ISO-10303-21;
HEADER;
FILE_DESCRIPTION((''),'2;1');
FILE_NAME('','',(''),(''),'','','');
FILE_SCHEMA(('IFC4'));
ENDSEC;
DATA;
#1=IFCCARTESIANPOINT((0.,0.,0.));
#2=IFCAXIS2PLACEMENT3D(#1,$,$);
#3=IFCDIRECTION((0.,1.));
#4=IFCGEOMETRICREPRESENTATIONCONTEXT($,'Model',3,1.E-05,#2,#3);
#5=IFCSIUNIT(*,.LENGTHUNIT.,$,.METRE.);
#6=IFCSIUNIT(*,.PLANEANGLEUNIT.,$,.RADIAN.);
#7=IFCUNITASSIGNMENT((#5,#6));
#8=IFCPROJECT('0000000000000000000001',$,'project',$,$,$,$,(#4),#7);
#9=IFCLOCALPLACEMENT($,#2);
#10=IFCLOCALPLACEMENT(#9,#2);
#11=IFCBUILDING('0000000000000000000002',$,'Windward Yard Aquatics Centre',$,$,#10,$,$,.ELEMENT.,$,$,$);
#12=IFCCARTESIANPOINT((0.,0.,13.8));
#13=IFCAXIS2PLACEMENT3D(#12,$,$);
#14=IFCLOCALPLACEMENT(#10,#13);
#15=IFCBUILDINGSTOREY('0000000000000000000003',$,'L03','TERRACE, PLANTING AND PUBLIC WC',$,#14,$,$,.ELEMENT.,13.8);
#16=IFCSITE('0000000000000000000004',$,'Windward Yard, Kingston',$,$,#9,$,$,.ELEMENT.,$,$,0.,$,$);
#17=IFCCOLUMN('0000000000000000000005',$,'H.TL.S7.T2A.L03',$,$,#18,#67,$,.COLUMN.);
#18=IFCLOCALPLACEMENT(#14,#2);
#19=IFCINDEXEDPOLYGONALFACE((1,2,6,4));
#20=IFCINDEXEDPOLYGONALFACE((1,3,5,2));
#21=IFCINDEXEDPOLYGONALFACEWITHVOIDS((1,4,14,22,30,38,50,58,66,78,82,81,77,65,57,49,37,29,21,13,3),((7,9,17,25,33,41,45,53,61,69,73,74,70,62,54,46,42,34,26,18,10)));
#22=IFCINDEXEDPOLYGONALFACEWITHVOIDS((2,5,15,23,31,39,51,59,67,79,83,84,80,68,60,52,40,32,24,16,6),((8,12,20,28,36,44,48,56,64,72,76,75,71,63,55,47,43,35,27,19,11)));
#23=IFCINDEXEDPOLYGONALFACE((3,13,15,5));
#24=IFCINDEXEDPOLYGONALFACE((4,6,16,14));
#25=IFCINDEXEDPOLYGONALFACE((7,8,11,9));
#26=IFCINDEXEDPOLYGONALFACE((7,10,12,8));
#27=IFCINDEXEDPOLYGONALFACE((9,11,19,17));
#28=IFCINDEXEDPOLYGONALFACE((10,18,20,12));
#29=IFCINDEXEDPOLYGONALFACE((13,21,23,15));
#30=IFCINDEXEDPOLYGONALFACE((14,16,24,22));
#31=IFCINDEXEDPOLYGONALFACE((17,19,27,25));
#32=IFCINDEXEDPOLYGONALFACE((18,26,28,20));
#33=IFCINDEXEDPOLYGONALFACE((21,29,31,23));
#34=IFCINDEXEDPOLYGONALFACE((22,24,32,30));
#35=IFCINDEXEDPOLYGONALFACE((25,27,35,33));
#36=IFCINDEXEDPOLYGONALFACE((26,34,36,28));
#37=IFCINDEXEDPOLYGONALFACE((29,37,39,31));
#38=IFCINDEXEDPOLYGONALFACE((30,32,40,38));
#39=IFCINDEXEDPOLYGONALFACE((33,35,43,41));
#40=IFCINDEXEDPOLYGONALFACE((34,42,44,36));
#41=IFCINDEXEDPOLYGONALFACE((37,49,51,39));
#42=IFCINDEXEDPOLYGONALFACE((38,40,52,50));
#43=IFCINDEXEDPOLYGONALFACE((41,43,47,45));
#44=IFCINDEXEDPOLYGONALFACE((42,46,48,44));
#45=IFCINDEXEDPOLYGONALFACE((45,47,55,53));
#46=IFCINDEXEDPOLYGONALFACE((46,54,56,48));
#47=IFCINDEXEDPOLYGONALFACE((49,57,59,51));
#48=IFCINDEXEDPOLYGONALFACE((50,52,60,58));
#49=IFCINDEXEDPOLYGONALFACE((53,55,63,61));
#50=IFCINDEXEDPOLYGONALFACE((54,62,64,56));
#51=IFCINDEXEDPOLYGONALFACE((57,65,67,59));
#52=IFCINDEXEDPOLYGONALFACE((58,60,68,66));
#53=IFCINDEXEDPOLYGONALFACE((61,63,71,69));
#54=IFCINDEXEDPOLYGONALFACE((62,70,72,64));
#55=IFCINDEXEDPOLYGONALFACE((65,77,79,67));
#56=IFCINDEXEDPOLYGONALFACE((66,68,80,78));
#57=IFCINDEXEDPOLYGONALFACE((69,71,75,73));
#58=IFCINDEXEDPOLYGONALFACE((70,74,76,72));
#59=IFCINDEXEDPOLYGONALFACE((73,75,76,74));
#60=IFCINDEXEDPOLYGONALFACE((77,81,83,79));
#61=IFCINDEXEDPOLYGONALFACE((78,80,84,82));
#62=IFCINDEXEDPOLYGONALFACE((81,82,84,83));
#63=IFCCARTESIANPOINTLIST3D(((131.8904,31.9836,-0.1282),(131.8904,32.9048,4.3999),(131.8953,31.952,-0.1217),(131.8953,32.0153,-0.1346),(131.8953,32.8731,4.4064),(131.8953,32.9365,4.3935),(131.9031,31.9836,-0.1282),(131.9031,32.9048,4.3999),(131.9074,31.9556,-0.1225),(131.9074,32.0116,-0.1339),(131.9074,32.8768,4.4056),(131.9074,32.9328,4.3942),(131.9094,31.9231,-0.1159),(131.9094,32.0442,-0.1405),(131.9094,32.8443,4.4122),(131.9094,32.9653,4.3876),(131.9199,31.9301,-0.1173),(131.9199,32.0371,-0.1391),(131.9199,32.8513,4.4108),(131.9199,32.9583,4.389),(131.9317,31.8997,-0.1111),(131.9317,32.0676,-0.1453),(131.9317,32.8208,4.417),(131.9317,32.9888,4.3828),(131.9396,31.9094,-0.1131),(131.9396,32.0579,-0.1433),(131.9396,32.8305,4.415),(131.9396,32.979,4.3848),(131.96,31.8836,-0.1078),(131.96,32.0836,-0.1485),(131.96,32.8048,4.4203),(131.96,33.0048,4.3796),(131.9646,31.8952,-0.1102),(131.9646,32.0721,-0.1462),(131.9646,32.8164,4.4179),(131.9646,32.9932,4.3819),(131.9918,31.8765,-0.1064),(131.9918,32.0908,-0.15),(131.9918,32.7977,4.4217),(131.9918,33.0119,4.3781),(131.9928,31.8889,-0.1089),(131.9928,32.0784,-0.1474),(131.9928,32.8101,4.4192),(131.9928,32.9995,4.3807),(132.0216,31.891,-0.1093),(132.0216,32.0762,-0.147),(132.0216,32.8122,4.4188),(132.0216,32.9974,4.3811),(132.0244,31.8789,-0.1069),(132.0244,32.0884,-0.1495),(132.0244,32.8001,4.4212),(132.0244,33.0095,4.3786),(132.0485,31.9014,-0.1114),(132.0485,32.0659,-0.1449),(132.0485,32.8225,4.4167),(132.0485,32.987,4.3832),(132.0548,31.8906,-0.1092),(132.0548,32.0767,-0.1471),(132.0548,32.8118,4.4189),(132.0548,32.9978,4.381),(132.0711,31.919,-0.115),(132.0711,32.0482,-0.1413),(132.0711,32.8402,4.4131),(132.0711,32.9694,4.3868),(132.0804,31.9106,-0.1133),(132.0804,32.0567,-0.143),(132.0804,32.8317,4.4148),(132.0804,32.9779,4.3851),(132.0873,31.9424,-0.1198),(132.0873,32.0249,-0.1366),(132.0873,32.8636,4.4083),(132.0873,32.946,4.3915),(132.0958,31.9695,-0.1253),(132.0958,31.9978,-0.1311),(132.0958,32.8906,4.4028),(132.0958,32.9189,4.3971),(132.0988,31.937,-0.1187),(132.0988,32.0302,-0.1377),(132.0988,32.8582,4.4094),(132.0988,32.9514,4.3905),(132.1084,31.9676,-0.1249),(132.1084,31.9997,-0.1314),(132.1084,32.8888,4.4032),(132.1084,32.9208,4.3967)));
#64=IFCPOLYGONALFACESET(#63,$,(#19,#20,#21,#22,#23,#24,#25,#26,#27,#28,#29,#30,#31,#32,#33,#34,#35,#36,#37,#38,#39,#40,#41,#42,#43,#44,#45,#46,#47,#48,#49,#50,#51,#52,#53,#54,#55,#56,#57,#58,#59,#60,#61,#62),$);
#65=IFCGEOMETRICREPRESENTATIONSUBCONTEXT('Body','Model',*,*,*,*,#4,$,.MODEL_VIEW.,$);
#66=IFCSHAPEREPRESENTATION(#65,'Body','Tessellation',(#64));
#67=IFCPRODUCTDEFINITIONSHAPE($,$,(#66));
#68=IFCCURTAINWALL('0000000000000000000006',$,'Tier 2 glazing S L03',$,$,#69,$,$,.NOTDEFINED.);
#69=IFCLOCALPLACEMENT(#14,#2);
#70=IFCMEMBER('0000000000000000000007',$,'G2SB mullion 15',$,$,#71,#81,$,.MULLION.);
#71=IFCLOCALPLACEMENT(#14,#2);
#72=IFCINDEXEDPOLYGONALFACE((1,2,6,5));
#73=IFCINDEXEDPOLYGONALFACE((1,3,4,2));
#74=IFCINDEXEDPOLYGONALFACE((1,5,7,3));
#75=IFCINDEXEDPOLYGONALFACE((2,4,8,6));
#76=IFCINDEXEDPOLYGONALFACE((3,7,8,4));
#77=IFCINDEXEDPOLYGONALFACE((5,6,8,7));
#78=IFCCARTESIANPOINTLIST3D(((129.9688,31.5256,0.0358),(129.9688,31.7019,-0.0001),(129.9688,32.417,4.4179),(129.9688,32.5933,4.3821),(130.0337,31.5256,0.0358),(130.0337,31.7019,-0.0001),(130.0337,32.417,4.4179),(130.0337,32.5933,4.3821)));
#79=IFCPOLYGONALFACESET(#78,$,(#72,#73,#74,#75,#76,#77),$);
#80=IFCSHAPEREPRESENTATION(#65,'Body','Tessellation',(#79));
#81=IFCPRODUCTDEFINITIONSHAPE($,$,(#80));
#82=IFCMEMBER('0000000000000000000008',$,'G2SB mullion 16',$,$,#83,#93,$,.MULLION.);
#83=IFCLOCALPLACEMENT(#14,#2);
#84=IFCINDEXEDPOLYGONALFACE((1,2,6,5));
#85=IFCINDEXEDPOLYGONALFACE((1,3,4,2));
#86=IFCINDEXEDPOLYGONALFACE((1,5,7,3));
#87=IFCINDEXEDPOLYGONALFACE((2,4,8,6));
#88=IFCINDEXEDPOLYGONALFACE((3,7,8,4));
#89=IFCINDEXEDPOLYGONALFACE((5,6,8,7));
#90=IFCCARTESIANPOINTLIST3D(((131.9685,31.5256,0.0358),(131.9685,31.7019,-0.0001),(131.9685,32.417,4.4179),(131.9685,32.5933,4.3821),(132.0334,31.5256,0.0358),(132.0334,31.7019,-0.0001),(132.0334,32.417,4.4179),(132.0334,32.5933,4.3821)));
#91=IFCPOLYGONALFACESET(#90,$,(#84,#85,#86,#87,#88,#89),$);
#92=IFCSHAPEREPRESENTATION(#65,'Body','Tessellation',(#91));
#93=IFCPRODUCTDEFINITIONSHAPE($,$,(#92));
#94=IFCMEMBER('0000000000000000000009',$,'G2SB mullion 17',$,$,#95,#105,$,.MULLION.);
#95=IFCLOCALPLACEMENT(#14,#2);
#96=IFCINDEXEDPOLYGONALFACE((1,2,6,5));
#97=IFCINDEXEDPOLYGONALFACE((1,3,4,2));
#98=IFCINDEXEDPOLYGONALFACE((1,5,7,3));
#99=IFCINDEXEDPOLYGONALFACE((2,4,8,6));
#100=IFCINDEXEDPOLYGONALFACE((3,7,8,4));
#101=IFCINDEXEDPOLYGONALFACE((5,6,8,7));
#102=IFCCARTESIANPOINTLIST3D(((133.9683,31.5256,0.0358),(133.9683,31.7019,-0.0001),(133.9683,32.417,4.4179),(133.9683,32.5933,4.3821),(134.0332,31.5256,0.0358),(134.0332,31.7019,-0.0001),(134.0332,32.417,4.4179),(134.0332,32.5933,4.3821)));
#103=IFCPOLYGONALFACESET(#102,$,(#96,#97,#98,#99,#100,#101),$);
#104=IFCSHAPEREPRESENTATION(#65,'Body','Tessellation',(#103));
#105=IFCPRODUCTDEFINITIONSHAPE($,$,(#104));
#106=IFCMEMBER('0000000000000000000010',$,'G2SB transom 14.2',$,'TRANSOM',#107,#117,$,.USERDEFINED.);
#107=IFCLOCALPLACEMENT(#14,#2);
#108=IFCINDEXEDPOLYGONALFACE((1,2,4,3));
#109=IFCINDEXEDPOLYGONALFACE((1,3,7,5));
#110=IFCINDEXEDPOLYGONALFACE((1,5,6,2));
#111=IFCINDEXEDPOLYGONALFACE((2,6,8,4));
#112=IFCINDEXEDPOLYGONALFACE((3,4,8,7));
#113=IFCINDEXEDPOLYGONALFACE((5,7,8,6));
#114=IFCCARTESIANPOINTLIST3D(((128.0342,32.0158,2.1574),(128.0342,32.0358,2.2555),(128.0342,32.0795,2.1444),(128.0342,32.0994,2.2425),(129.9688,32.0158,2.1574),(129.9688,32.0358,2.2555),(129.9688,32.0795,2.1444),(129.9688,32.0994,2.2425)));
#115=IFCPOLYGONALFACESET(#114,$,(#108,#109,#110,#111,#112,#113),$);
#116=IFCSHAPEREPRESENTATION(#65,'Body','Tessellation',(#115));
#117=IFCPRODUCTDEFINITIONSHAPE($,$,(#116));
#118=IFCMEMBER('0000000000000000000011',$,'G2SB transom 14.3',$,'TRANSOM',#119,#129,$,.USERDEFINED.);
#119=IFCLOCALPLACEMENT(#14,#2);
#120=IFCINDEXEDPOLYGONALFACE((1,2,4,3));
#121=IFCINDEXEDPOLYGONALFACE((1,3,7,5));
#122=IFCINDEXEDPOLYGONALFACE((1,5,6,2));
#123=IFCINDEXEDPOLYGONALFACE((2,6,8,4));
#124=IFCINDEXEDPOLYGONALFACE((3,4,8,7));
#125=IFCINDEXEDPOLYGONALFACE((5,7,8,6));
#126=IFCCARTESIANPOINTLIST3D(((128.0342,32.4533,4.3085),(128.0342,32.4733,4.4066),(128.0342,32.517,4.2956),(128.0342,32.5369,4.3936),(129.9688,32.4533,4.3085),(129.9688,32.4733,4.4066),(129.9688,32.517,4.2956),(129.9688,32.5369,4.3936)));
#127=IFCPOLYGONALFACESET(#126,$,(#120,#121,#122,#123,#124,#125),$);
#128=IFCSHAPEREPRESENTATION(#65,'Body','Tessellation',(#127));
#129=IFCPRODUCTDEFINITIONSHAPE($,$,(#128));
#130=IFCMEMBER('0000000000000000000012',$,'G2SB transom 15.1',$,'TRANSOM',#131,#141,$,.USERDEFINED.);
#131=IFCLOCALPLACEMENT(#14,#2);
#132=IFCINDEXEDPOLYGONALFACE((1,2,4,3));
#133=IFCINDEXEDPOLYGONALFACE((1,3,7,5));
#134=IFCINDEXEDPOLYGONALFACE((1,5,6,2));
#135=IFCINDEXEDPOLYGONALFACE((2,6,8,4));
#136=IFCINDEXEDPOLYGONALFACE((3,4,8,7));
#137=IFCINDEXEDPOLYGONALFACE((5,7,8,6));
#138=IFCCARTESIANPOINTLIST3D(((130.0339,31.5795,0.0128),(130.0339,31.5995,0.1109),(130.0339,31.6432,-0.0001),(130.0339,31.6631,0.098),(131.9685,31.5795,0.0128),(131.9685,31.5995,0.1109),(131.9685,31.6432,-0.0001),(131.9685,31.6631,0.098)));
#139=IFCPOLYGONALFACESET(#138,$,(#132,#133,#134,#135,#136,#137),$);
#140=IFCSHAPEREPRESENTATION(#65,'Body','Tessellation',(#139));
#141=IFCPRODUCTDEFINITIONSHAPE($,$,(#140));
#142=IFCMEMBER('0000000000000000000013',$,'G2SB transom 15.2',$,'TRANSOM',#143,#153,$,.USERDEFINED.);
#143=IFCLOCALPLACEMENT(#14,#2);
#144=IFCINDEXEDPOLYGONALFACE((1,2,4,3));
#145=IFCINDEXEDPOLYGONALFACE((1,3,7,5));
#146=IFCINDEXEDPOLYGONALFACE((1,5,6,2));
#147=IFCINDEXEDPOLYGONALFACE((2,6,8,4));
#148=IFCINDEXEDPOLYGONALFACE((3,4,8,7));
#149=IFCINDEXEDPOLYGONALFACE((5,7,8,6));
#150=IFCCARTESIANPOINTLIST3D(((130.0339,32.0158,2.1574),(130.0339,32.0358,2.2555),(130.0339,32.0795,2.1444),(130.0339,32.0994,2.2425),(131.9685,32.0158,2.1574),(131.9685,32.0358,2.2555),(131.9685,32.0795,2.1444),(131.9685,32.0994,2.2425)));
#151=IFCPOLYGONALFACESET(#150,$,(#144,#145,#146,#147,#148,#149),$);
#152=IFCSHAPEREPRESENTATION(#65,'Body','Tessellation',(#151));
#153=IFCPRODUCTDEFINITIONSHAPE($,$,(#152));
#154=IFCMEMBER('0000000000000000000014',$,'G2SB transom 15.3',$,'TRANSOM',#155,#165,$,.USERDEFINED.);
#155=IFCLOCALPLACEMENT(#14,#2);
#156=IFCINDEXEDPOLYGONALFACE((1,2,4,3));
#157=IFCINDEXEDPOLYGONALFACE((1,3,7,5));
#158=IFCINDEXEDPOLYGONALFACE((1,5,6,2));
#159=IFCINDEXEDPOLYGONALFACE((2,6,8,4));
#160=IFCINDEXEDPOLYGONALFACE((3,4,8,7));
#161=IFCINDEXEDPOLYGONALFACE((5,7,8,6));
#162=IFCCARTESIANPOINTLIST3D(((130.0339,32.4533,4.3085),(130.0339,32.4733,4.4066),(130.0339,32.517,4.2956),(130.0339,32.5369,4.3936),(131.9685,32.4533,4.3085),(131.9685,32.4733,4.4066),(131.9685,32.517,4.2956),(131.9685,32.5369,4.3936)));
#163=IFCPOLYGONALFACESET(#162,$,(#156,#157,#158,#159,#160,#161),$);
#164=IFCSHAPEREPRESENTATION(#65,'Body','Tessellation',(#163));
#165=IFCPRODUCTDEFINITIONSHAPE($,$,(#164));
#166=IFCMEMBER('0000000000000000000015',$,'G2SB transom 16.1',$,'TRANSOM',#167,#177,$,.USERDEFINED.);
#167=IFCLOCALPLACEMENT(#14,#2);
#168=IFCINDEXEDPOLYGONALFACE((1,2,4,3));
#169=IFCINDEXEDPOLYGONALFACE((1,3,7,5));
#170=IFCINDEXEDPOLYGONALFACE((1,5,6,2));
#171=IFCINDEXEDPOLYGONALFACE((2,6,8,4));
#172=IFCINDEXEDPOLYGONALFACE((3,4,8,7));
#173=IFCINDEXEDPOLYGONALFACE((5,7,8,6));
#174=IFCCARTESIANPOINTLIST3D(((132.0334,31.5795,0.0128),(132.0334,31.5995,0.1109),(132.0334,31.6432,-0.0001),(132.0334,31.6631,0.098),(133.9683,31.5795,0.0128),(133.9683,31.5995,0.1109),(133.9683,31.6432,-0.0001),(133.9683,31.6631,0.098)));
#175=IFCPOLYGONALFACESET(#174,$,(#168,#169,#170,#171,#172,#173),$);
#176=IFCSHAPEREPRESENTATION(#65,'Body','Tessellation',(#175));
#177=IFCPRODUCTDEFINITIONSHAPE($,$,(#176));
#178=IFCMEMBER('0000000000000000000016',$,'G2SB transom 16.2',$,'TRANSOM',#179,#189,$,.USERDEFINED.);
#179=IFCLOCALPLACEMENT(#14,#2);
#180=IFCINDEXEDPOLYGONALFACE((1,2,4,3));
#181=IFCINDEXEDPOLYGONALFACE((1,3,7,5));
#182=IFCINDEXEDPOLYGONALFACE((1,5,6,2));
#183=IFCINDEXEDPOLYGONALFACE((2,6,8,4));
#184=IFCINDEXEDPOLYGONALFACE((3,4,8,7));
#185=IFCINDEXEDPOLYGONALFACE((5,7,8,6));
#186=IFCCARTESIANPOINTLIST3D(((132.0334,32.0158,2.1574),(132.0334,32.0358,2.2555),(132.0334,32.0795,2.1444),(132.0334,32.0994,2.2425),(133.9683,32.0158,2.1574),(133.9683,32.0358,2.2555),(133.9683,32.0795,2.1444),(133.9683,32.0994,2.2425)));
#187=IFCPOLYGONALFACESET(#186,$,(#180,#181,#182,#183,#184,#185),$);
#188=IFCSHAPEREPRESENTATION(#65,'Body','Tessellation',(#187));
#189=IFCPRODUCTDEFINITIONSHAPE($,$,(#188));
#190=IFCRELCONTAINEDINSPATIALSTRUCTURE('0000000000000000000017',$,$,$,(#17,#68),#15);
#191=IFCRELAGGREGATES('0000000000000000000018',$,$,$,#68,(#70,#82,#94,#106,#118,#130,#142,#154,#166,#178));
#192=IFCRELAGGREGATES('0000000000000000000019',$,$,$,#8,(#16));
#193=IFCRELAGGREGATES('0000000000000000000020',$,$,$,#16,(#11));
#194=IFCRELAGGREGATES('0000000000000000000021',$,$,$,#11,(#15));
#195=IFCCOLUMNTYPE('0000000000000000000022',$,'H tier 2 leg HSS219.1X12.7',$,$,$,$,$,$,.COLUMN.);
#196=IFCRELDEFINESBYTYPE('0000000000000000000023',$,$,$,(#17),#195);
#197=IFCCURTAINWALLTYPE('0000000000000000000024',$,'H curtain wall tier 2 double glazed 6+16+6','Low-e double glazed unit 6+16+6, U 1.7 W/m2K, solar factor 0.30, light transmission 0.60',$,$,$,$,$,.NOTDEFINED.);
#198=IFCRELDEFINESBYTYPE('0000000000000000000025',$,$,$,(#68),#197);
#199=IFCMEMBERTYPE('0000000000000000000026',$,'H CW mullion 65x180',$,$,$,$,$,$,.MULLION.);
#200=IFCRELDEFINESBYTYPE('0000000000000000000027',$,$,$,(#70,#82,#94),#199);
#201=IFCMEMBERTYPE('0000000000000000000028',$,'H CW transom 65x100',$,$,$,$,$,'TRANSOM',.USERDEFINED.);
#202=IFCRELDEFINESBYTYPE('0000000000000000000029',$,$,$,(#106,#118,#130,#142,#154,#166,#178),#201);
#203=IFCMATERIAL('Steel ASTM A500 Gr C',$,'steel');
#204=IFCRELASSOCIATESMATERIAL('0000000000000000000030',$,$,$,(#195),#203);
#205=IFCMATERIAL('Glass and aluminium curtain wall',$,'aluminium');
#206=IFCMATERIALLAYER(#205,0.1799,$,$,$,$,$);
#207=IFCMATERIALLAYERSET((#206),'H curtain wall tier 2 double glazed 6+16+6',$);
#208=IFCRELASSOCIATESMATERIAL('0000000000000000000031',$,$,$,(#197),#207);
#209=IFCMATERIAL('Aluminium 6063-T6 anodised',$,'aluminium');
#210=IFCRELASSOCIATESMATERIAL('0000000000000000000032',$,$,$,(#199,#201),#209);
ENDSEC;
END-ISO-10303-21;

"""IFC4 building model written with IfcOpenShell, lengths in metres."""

from ifc_helpers import new_model, si_unit, direction, frame, origin, origin_2d, place, context, subcontext, project, spatial, rectangle, hollow_circle, extrude, material, layer, layer_set, material_profile, profile_set, type_object, element, aggregate, save


model = new_model("IFC4")

# Units and contexts
model_context = context("Model", 3, precision=1e-05, world=origin(), true_north=direction((0.0, 1.0)))
body_context = subcontext(model_context, "Body", "Model", "MODEL_VIEW")
ifc_project = project(units=[si_unit("LENGTHUNIT", "METRE"), si_unit("PLANEANGLEUNIT", "RADIAN")], contexts=[model_context])

# Site, building, storey
site_placement = place(None, origin())
site = spatial("IfcSite", under=ifc_project, at=site_placement, Name="Windward Yard, Kingston", CompositionType="ELEMENT", RefElevation=0.0)
building_placement = place(site_placement, origin())
building = spatial("IfcBuilding", under=site, at=building_placement, Name="Windward Yard Aquatics Centre", CompositionType="ELEMENT")
storey_placement = place(building_placement, frame((0.0, 0.0, 13.8)))
storey = spatial("IfcBuildingStorey", under=building, at=storey_placement, Name="L03", Description="TERRACE, PLANTING AND PUBLIC WC", CompositionType="ELEMENT", Elevation=13.8)

# Column
ifc_material_1 = material(Name="Steel ASTM A500 Gr C", Category="steel")
ifc_material_profile_1 = material_profile(ifc_material_1, hollow_circle(Radius=0.1096, WallThickness=0.0127, at=origin_2d()), Name="HSS219.1X12.7")
ifc_profile_set_1 = profile_set([ifc_material_profile_1], Name="Steel ASTM A500 Gr C")
column_type = type_object("IfcColumnType", Name="H tier 2 leg HSS219.1X12.7", PredefinedType="COLUMN", material=ifc_profile_set_1)
column_placement = place(storey_placement, frame((132.0, 31.9836, -0.1282), z_axis=(0.0, 0.199346, 0.979929), x_axis=(-1.0, 0.0, 0.0)))
element("IfcColumn", 1, at=column_placement, inside=storey, type_object=column_type, Name="H.TL.S7.T2A.L03", PredefinedType="COLUMN", context=body_context, shape_type="SweptSolid", body=[
    extrude(hollow_circle(Radius=0.1096, WallThickness=0.0127, at=origin_2d()), origin(), (0.0, 0.0, 1.0), 4.6208),
])

# Curtain wall, members
ifc_material_2 = material(Name="Glass and aluminium curtain wall", Category="aluminium")
ifc_layer_1 = layer(ifc_material_2, 0.1799)
ifc_layer_set_1 = layer_set([ifc_layer_1], Name="H curtain wall tier 2 double glazed 6+16+6")
curtain_wall_type = type_object("IfcCurtainWallType", Name="H curtain wall tier 2 double glazed 6+16+6", Description="Low-e double glazed unit 6+16+6, U 1.7 W/m2K, solar factor 0.30, light transmission 0.60", PredefinedType="NOTDEFINED", material=ifc_layer_set_1)
curtain_wall_placement = place(storey_placement, origin())
curtain_wall = element("IfcCurtainWall", 2, at=curtain_wall_placement, inside=storey, type_object=curtain_wall_type, Name="Tier 2 glazing S L03", PredefinedType="NOTDEFINED")
ifc_material_3 = material(Name="Aluminium 6063-T6 anodised", Category="aluminium")
ifc_material_profile_2 = material_profile(ifc_material_3, rectangle(XDim=0.0649, YDim=0.1799, at=origin_2d()), Name="H CW mullion 65x180")
ifc_profile_set_2 = profile_set([ifc_material_profile_2], Name="Aluminium 6063-T6 anodised")
member_type_1 = type_object("IfcMemberType", Name="H CW mullion 65x180", PredefinedType="MULLION", material=ifc_profile_set_2)
member_1_placement = place(storey_placement, frame((130.0012, 31.6138, 0.0178), z_axis=(0.0, 0.199328, 0.979933), x_axis=(-1.0, 0.0, 0.0)))
member_1 = element("IfcMember", 3, at=member_1_placement, type_object=member_type_1, Name="G2SB mullion 15", PredefinedType="MULLION", context=body_context, shape_type="SweptSolid", body=[
    extrude(rectangle(XDim=0.0649, YDim=0.1799, at=origin_2d()), origin(), (0.0, 0.0, 1.0), 4.4719),
])
member_2_placement = place(storey_placement, frame((132.001, 31.6138, 0.0178), z_axis=(0.0, 0.199328, 0.979933), x_axis=(-1.0, 0.0, 0.0)))
member_2 = element("IfcMember", 4, at=member_2_placement, type_object=member_type_1, Name="G2SB mullion 16", PredefinedType="MULLION", context=body_context, shape_type="SweptSolid", body=[
    extrude(rectangle(XDim=0.0649, YDim=0.1799, at=origin_2d()), origin(), (0.0, 0.0, 1.0), 4.4719),
])
member_3_placement = place(storey_placement, frame((134.0007, 31.6138, 0.0178), z_axis=(0.0, 0.199328, 0.979933), x_axis=(-1.0, 0.0, 0.0)))
member_3 = element("IfcMember", 5, at=member_3_placement, type_object=member_type_1, Name="G2SB mullion 17", PredefinedType="MULLION", context=body_context, shape_type="SweptSolid", body=[
    extrude(rectangle(XDim=0.0649, YDim=0.1799, at=origin_2d()), origin(), (0.0, 0.0, 1.0), 4.4719),
])
ifc_material_profile_3 = material_profile(ifc_material_3, rectangle(XDim=0.0649, YDim=0.1001, at=origin_2d()), Name="H CW transom 65x100")
ifc_profile_set_3 = profile_set([ifc_material_profile_3], Name="Aluminium 6063-T6 anodised")
member_type_2 = type_object("IfcMemberType", Name="H CW transom 65x100", ElementType="TRANSOM", PredefinedType="USERDEFINED", material=ifc_profile_set_3)
member_4_placement = place(storey_placement, frame((128.0342, 32.0576, 2.2), z_axis=(1.0, 0.0, 0.0), x_axis=(0.0, -0.979925, 0.199368)))
member_4 = element("IfcMember", 6, at=member_4_placement, type_object=member_type_2, Name="G2SB transom 14.2", ObjectType="TRANSOM", PredefinedType="USERDEFINED", context=body_context, shape_type="SweptSolid", body=[
    extrude(rectangle(XDim=0.0649, YDim=0.1001, at=origin_2d()), origin(), (0.0, 0.0, 1.0), 1.9346),
])
member_5_placement = place(storey_placement, frame((128.0342, 32.4951, 4.3511), z_axis=(1.0, 0.0, 0.0), x_axis=(0.0, -0.979925, 0.199368)))
member_5 = element("IfcMember", 7, at=member_5_placement, type_object=member_type_2, Name="G2SB transom 14.3", ObjectType="TRANSOM", PredefinedType="USERDEFINED", context=body_context, shape_type="SweptSolid", body=[
    extrude(rectangle(XDim=0.0649, YDim=0.1001, at=origin_2d()), origin(), (0.0, 0.0, 1.0), 1.9346),
])
member_6_placement = place(storey_placement, frame((130.0339, 31.6213, 0.0554), z_axis=(1.0, 0.0, 0.0), x_axis=(0.0, -0.979925, 0.199368)))
member_6 = element("IfcMember", 8, at=member_6_placement, type_object=member_type_2, Name="G2SB transom 15.1", ObjectType="TRANSOM", PredefinedType="USERDEFINED", context=body_context, shape_type="SweptSolid", body=[
    extrude(rectangle(XDim=0.0649, YDim=0.1001, at=origin_2d()), origin(), (0.0, 0.0, 1.0), 1.9346),
])
member_7_placement = place(storey_placement, frame((130.0339, 32.0576, 2.2), z_axis=(1.0, 0.0, 0.0), x_axis=(0.0, -0.979925, 0.199368)))
member_7 = element("IfcMember", 9, at=member_7_placement, type_object=member_type_2, Name="G2SB transom 15.2", ObjectType="TRANSOM", PredefinedType="USERDEFINED", context=body_context, shape_type="SweptSolid", body=[
    extrude(rectangle(XDim=0.0649, YDim=0.1001, at=origin_2d()), origin(), (0.0, 0.0, 1.0), 1.9346),
])
member_8_placement = place(storey_placement, frame((130.0339, 32.4951, 4.3511), z_axis=(1.0, 0.0, 0.0), x_axis=(0.0, -0.979925, 0.199368)))
member_8 = element("IfcMember", 10, at=member_8_placement, type_object=member_type_2, Name="G2SB transom 15.3", ObjectType="TRANSOM", PredefinedType="USERDEFINED", context=body_context, shape_type="SweptSolid", body=[
    extrude(rectangle(XDim=0.0649, YDim=0.1001, at=origin_2d()), origin(), (0.0, 0.0, 1.0), 1.9346),
])
member_9_placement = place(storey_placement, frame((132.0334, 31.6213, 0.0554), z_axis=(1.0, 0.0, 0.0), x_axis=(0.0, -0.979925, 0.199368)))
member_9 = element("IfcMember", 11, at=member_9_placement, type_object=member_type_2, Name="G2SB transom 16.1", ObjectType="TRANSOM", PredefinedType="USERDEFINED", context=body_context, shape_type="SweptSolid", body=[
    extrude(rectangle(XDim=0.0649, YDim=0.1001, at=origin_2d()), origin(), (0.0, 0.0, 1.0), 1.9348),
])
member_10_placement = place(storey_placement, frame((132.0334, 32.0576, 2.2), z_axis=(1.0, 0.0, 0.0), x_axis=(0.0, -0.979925, 0.199368)))
member_10 = element("IfcMember", 12, at=member_10_placement, type_object=member_type_2, Name="G2SB transom 16.2", ObjectType="TRANSOM", PredefinedType="USERDEFINED", context=body_context, shape_type="SweptSolid", body=[
    extrude(rectangle(XDim=0.0649, YDim=0.1001, at=origin_2d()), origin(), (0.0, 0.0, 1.0), 1.9348),
])

aggregate(curtain_wall, [member_1, member_2, member_3, member_4, member_5, member_6, member_7, member_8, member_9, member_10])

save(model, "model.ifc")
